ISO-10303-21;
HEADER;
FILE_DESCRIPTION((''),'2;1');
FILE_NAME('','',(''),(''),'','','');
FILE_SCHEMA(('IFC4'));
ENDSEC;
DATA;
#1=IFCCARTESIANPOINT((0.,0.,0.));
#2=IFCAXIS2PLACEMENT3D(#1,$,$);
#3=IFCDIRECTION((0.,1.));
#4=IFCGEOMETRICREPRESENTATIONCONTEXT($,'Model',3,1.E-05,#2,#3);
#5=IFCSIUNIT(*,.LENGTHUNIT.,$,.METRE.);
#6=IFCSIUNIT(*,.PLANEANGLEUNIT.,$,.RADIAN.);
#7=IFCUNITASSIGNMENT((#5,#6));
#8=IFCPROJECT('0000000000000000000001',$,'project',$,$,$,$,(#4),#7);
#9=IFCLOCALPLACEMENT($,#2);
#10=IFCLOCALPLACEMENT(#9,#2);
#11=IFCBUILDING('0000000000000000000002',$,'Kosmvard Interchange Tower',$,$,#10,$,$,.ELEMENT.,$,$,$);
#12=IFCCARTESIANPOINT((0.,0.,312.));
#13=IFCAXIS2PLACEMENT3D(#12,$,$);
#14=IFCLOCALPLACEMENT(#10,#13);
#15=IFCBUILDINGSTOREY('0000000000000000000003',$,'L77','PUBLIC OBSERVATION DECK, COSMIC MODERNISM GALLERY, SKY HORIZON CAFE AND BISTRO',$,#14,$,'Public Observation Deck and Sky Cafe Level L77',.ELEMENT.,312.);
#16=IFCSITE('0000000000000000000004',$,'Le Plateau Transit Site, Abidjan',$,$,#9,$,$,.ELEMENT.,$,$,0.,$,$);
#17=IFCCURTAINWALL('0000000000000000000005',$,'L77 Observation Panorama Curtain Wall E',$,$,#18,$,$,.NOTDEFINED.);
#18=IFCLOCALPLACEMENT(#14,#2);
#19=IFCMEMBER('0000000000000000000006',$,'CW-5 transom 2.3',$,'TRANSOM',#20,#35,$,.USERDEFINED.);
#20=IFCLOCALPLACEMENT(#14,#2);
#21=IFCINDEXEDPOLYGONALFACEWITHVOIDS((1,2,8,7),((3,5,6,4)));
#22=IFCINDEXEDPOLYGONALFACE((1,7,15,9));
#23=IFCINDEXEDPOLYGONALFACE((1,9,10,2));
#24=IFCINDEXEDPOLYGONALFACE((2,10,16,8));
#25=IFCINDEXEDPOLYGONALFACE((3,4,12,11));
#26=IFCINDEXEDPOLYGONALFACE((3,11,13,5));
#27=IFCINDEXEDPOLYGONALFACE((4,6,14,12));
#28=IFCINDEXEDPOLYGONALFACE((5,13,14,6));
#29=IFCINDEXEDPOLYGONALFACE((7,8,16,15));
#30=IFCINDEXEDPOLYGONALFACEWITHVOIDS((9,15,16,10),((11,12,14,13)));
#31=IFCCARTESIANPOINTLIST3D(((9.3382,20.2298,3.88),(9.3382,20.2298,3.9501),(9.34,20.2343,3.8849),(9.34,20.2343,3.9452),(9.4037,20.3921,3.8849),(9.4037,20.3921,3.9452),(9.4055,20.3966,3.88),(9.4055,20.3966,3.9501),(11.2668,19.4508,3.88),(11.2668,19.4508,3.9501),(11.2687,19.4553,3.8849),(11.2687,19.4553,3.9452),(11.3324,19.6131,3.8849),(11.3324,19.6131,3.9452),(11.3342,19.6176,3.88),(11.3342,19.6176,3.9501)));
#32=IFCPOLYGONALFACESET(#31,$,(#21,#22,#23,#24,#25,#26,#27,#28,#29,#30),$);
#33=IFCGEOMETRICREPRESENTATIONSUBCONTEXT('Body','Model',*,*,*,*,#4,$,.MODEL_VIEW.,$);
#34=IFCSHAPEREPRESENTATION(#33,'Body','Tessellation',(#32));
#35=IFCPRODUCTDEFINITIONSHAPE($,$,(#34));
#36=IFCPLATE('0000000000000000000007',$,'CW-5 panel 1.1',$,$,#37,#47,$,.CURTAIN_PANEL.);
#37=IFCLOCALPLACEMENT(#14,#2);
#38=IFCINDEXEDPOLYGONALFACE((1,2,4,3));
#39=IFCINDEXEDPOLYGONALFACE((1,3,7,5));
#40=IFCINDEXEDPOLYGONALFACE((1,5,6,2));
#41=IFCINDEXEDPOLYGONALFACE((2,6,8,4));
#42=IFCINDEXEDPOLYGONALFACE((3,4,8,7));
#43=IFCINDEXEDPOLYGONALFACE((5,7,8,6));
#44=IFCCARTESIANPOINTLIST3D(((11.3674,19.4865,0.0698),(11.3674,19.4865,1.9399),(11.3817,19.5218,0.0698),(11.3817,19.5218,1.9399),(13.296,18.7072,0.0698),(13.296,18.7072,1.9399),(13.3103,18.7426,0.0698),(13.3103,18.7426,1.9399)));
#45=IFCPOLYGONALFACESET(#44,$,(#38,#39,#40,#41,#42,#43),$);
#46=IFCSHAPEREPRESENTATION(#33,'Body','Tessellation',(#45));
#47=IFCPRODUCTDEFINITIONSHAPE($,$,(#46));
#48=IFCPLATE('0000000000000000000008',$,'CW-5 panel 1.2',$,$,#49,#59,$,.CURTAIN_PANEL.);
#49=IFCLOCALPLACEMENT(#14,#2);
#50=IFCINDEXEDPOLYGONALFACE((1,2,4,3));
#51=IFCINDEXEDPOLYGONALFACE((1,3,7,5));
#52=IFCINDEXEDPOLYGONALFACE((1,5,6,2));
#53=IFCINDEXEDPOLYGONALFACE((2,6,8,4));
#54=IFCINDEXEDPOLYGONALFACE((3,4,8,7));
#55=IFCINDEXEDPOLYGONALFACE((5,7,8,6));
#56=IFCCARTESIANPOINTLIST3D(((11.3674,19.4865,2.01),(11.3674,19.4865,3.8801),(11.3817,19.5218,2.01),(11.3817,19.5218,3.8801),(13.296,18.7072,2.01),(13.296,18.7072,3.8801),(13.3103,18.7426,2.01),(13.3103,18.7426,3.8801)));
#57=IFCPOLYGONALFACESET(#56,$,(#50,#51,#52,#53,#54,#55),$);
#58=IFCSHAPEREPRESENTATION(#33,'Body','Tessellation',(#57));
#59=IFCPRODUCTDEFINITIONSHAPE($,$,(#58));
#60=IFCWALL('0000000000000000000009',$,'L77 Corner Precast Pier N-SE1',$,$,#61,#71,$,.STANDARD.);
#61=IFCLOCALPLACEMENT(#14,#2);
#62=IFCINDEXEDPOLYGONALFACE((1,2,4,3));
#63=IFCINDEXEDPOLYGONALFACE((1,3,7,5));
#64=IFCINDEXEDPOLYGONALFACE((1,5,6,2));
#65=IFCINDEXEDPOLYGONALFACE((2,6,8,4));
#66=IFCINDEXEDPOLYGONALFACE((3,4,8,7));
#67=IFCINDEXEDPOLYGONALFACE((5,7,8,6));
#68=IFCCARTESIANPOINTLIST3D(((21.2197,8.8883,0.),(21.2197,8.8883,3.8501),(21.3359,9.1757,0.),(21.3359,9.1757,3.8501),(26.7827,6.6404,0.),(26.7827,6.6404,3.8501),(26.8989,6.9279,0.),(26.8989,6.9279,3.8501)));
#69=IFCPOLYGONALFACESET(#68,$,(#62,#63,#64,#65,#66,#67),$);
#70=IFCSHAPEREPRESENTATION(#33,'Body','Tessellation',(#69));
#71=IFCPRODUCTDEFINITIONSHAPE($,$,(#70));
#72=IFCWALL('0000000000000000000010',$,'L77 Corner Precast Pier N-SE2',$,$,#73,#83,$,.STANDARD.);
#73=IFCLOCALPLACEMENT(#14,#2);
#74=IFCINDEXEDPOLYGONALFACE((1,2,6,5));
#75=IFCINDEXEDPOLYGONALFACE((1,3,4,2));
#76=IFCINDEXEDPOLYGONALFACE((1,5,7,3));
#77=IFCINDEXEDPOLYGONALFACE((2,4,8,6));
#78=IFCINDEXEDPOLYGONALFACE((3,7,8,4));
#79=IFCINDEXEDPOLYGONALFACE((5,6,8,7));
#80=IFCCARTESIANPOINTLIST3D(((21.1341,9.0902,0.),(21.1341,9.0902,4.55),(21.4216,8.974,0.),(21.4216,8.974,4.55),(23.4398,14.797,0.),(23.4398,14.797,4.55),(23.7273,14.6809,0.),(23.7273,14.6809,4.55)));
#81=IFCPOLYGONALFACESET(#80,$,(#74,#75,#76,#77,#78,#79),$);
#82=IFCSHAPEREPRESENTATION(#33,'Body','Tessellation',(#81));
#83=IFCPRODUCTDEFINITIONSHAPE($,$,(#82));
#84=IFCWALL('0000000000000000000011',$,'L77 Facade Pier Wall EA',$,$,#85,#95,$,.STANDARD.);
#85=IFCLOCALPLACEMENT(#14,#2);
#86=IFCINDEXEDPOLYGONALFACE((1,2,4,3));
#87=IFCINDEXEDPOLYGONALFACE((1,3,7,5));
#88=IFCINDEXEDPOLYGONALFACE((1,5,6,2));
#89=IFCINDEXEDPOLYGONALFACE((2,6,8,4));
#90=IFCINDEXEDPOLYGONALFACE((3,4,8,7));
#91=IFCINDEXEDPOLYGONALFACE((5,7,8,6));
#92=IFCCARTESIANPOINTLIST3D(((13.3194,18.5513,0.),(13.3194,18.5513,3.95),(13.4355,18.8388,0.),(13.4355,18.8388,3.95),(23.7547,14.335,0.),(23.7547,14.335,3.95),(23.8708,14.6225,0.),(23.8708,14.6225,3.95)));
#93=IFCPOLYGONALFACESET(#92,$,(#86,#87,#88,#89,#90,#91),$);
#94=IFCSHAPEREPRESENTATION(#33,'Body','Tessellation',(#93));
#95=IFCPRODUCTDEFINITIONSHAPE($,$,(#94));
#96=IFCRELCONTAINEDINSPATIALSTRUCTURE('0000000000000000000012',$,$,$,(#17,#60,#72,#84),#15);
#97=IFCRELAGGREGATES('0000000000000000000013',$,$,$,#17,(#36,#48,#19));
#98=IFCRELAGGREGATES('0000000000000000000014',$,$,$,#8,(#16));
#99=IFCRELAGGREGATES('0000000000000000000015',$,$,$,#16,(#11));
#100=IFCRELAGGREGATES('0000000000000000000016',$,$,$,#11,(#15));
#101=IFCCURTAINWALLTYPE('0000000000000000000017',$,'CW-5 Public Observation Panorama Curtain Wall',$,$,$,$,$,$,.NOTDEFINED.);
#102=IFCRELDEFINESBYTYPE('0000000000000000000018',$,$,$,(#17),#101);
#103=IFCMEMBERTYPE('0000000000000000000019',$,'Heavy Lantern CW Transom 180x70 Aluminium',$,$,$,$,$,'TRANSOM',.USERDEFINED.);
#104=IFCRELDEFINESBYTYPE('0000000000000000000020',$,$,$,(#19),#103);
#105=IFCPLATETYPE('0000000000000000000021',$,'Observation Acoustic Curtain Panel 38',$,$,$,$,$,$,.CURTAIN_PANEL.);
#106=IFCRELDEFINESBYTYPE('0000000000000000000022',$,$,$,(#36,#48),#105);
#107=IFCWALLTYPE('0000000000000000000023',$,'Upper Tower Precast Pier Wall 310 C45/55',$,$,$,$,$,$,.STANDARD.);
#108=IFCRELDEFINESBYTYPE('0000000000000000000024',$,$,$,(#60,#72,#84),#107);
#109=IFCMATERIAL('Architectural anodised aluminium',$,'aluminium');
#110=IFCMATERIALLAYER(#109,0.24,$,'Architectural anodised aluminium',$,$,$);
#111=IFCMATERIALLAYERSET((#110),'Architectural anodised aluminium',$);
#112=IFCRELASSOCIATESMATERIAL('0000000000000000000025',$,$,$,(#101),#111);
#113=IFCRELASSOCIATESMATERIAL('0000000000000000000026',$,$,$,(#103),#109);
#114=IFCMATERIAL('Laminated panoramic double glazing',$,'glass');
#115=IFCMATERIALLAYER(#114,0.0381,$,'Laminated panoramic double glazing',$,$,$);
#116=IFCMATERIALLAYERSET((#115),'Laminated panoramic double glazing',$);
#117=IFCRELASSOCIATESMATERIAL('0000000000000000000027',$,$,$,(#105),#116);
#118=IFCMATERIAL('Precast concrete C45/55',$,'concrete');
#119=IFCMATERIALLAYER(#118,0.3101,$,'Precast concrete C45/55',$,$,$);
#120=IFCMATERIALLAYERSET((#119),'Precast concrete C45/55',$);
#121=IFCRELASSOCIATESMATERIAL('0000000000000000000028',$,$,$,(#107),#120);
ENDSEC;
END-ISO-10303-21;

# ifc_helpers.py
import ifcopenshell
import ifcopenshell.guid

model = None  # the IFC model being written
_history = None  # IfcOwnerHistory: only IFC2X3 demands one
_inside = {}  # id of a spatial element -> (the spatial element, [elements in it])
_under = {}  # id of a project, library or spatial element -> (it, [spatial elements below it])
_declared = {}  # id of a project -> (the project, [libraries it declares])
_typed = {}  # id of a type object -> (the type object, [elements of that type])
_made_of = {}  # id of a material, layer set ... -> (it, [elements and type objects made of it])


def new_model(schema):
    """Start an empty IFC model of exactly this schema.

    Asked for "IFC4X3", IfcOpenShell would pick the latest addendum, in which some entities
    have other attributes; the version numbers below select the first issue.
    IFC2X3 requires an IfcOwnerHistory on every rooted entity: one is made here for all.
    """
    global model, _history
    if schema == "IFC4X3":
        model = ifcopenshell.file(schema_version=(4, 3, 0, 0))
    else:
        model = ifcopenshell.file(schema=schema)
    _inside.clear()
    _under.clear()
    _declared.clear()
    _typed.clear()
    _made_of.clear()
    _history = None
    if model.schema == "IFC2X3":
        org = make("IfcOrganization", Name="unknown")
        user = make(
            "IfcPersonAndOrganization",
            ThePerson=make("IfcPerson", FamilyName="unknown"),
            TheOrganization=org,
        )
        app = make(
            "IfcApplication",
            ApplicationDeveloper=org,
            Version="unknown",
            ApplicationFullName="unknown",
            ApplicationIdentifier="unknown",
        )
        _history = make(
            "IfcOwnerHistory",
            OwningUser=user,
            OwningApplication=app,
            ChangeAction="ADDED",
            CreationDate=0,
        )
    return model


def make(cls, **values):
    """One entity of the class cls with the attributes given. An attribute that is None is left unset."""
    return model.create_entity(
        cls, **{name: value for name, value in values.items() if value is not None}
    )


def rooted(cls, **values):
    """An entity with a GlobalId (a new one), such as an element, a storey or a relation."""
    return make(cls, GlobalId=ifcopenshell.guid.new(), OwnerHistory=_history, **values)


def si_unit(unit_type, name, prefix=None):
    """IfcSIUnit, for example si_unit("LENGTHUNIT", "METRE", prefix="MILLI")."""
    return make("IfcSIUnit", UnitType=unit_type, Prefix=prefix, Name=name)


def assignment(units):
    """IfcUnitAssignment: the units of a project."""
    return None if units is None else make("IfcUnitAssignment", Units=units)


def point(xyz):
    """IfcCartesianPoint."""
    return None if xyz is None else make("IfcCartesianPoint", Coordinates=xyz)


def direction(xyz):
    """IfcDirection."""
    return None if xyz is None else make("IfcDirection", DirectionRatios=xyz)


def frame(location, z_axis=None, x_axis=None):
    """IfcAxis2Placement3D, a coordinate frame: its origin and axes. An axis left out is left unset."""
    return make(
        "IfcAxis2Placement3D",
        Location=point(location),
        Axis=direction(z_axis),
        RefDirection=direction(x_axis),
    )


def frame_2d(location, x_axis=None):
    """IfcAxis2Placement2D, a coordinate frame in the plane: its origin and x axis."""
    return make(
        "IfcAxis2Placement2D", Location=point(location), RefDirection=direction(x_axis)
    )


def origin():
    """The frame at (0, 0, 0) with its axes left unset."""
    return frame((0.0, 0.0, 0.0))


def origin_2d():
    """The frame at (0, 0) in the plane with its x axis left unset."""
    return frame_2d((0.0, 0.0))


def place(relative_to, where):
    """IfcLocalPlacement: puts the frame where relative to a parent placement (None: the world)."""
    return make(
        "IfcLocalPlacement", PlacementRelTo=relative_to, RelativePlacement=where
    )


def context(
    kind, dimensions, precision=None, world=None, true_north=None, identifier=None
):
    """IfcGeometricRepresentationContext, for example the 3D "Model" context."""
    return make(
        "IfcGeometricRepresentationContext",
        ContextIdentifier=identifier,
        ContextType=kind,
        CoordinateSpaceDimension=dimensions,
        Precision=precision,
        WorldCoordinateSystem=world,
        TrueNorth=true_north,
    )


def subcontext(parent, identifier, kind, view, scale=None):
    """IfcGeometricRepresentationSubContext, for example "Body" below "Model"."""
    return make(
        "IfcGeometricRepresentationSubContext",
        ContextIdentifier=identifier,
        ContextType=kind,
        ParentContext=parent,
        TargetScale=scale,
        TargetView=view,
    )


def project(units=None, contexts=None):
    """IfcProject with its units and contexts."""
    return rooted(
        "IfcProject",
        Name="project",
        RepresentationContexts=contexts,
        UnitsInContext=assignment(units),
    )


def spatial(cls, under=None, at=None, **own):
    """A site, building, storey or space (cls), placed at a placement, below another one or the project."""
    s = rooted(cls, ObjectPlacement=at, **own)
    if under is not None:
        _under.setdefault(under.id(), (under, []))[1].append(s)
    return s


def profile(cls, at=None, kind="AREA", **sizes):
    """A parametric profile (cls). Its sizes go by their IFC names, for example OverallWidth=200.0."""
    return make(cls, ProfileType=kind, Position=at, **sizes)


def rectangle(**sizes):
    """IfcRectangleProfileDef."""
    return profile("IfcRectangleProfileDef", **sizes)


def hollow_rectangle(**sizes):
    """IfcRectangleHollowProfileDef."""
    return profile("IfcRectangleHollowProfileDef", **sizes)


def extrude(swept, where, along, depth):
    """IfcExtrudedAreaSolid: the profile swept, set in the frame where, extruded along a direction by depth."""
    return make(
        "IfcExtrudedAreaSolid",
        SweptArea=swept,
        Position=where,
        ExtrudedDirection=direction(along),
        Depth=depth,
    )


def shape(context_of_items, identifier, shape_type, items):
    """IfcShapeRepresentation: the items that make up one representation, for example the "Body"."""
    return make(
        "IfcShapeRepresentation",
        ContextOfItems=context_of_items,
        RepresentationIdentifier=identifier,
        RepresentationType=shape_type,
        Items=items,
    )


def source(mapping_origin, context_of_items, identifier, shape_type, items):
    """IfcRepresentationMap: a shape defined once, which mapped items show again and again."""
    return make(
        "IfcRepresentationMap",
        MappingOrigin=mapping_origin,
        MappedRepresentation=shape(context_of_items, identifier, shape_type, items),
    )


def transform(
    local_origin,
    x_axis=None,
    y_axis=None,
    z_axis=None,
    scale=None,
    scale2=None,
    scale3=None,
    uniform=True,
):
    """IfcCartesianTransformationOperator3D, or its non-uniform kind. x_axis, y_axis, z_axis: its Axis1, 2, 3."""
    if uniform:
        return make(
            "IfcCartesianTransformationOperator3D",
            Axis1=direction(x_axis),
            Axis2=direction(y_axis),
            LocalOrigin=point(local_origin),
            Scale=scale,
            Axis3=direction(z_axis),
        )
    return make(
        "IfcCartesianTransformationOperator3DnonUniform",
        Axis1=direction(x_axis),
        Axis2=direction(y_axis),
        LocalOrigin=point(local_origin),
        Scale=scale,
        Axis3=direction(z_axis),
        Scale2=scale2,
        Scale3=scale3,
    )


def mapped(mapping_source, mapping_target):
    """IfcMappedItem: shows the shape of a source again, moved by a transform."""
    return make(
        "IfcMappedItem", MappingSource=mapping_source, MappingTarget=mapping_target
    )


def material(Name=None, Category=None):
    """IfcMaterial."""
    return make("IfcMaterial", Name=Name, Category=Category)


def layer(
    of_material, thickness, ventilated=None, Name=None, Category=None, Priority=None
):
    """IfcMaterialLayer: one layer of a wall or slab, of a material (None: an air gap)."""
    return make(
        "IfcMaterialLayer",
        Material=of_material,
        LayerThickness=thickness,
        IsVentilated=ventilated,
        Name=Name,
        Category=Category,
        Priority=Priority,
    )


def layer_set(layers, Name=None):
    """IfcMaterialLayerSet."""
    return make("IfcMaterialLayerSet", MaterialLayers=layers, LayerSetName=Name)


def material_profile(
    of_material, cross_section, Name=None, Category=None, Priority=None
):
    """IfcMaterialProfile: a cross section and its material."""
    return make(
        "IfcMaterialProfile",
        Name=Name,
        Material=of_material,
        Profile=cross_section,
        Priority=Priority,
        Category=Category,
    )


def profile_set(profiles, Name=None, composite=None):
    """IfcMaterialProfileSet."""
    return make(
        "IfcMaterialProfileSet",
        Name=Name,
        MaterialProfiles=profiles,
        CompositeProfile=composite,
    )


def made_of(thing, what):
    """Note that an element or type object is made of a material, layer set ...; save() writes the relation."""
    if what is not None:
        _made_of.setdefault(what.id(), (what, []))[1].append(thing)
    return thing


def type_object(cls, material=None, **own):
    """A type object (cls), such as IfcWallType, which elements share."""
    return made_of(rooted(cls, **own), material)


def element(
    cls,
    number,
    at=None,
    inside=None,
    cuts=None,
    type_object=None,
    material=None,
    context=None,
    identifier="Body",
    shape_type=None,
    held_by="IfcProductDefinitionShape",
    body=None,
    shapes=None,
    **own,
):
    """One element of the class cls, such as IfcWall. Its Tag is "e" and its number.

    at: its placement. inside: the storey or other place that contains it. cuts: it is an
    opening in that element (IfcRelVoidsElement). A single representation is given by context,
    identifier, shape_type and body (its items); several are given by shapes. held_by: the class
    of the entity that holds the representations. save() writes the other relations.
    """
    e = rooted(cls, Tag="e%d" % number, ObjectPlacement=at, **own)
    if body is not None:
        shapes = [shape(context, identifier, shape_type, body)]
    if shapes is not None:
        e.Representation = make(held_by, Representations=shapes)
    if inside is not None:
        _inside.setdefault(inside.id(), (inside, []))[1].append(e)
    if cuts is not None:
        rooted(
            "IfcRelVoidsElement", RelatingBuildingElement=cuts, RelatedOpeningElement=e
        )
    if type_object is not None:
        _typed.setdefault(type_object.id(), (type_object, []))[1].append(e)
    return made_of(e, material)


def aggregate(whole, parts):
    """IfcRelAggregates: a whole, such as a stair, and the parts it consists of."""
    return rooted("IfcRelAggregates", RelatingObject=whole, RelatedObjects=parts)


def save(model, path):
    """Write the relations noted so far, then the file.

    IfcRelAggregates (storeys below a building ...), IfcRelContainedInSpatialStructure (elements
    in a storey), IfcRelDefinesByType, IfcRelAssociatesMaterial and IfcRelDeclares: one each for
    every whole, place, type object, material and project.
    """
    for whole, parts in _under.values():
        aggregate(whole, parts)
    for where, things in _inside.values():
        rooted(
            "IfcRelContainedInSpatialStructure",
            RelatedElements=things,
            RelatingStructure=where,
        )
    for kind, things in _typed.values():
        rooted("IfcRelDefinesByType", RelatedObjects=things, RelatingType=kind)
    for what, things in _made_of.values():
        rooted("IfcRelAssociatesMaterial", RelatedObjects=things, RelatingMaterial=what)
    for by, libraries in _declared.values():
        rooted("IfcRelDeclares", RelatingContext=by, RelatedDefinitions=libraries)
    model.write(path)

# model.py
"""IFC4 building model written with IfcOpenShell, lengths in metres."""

from ifc_helpers import new_model, si_unit, direction, frame, frame_2d, origin, origin_2d, place, context, subcontext, project, spatial, rectangle, hollow_rectangle, extrude, source, transform, mapped, material, layer, layer_set, material_profile, profile_set, type_object, element, aggregate, save


model = new_model("IFC4")

# Units and contexts
model_context = context("Model", 3, precision=1e-05, world=origin(), true_north=direction((0.0, 1.0)))
body_context = subcontext(model_context, "Body", "Model", "MODEL_VIEW")
ifc_project = project(units=[si_unit("LENGTHUNIT", "METRE"), si_unit("PLANEANGLEUNIT", "RADIAN")], contexts=[model_context])

# Site, building, storey
site_placement = place(None, origin())
site = spatial("IfcSite", under=ifc_project, at=site_placement, Name="Le Plateau Transit Site, Abidjan", CompositionType="ELEMENT", RefElevation=0.0)
building_placement = place(site_placement, origin())
building = spatial("IfcBuilding", under=site, at=building_placement, Name="Kosmvard Interchange Tower", CompositionType="ELEMENT")
storey_placement = place(building_placement, frame((0.0, 0.0, 312.0)))
storey = spatial("IfcBuildingStorey", under=building, at=storey_placement, Name="L77", Description="PUBLIC OBSERVATION DECK, COSMIC MODERNISM GALLERY, SKY HORIZON CAFE AND BISTRO", LongName="Public Observation Deck and Sky Cafe Level L77", CompositionType="ELEMENT", Elevation=312.0)

# Shared definitions
ifc_material_1 = material(Name="Precast concrete C45/55", Category="concrete")

# Curtain wall, member, plates
ifc_material_2 = material(Name="Architectural anodised aluminium", Category="aluminium")
ifc_layer_1 = layer(ifc_material_2, 0.24, Name="Architectural anodised aluminium")
ifc_layer_set_1 = layer_set([ifc_layer_1], Name="Architectural anodised aluminium")
curtain_wall_type = type_object("IfcCurtainWallType", Name="CW-5 Public Observation Panorama Curtain Wall", PredefinedType="NOTDEFINED", material=ifc_layer_set_1)
curtain_wall_placement = place(storey_placement, origin())
curtain_wall = element("IfcCurtainWall", 1, at=curtain_wall_placement, inside=storey, type_object=curtain_wall_type, Name="L77 Observation Panorama Curtain Wall E", PredefinedType="NOTDEFINED")
ifc_material_profile_1 = material_profile(ifc_material_2, hollow_rectangle(XDim=0.1799, YDim=0.0701, WallThickness=0.0049, at=origin_2d()), Name="CWT 180x70x5")
ifc_profile_set_1 = profile_set([ifc_material_profile_1], Name="Architectural anodised aluminium")
member_type_1 = type_object("IfcMemberType", Name="Heavy Lantern CW Transom 180x70 Aluminium", ElementType="TRANSOM", PredefinedType="USERDEFINED", material=ifc_profile_set_1)
shared_shape_1 = source(origin(), body_context, "Body", "SweptSolid", [
    extrude(hollow_rectangle(XDim=0.1799, YDim=0.0701, WallThickness=0.0049, at=origin_2d()), origin(), (0.0, 0.0, 1.0), 2.0801),
])
member_1_placement = place(storey_placement, frame((11.3005, 19.5342, 3.915), z_axis=(-0.927217, 0.374525, 0.0), x_axis=(-0.374525, -0.927217, 0.0)))
member_1 = element("IfcMember", 2, at=member_1_placement, type_object=member_type_1, Name="CW-5 transom 2.3", ObjectType="TRANSOM", PredefinedType="USERDEFINED", context=body_context, shape_type="MappedRepresentation", body=[
    mapped(shared_shape_1, transform((0.0, 0.0, 0.0), scale=1.0)),
])
ifc_material_3 = material(Name="Laminated panoramic double glazing", Category="glass")
ifc_layer_2 = layer(ifc_material_3, 0.0381, Name="Laminated panoramic double glazing")
ifc_layer_set_2 = layer_set([ifc_layer_2], Name="Laminated panoramic double glazing")
plate_type = type_object("IfcPlateType", Name="Observation Acoustic Curtain Panel 38", PredefinedType="CURTAIN_PANEL", material=ifc_layer_set_2)
shared_shape_2 = source(origin(), body_context, "Body", "SweptSolid", [
    extrude(rectangle(XDim=2.0801, YDim=0.0381, at=origin_2d()), origin(), (0.0, 0.0, 1.0), 1.8701),
])
plate_1_placement = place(storey_placement, frame((12.3389, 19.1145, 0.0698), z_axis=(0.0, 0.0, 1.0), x_axis=(-0.927184, 0.374607, 0.0)))
plate_1 = element("IfcPlate", 3, at=plate_1_placement, type_object=plate_type, Name="CW-5 panel 1.1", PredefinedType="CURTAIN_PANEL", context=body_context, shape_type="MappedRepresentation", body=[
    mapped(shared_shape_2, transform((0.0, 0.0, 0.0), scale=1.0)),
])
plate_2_placement = place(storey_placement, frame((12.3389, 19.1145, 2.01), z_axis=(0.0, 0.0, 1.0), x_axis=(-0.927184, 0.374607, 0.0)))
plate_2 = element("IfcPlate", 4, at=plate_2_placement, type_object=plate_type, Name="CW-5 panel 1.2", PredefinedType="CURTAIN_PANEL", context=body_context, shape_type="MappedRepresentation", body=[
    mapped(shared_shape_2, transform((0.0, 0.0, 0.0), scale=1.0)),
])
aggregate(curtain_wall, [plate_1, plate_2, member_1])

# Walls
ifc_layer_3 = layer(ifc_material_1, 0.3101, Name="Precast concrete C45/55")
ifc_layer_set_3 = layer_set([ifc_layer_3], Name="Precast concrete C45/55")
wall_type = type_object("IfcWallType", Name="Upper Tower Precast Pier Wall 310 C45/55", PredefinedType="STANDARD", material=ifc_layer_set_3)
wall_1_placement = place(storey_placement, frame((26.8408, 6.7842, 0.0), z_axis=(0.0, 0.0, 1.0), x_axis=(-0.927172, 0.374637, 0.0)))
element("IfcWall", 5, at=wall_1_placement, inside=storey, type_object=wall_type, Name="L77 Corner Precast Pier N-SE1", PredefinedType="STANDARD", context=body_context, shape_type="SweptSolid", body=[
    extrude(rectangle(XDim=6.0, YDim=0.3101, at=frame_2d((3.0, 0.0))), origin(), (0.0, 0.0, 1.0), 3.8501),
])
wall_2_placement = place(storey_placement, frame((21.2778, 9.032, 0.0), z_axis=(0.0, 0.0, 1.0), x_axis=(0.374603, 0.927185, 0.0)))
element("IfcWall", 6, at=wall_2_placement, inside=storey, type_object=wall_type, Name="L77 Corner Precast Pier N-SE2", PredefinedType="STANDARD", context=body_context, shape_type="SweptSolid", body=[
    extrude(rectangle(XDim=6.155, YDim=0.3101, at=frame_2d((3.0776, 0.0))), origin(), (0.0, 0.0, 1.0), 4.55),
])
wall_3_placement = place(storey_placement, frame((23.8127, 14.4788, 0.0), z_axis=(0.0, 0.0, 1.0), x_axis=(-0.927179, 0.37462, 0.0)))
element("IfcWall", 7, at=wall_3_placement, inside=storey, type_object=wall_type, Name="L77 Facade Pier Wall EA", PredefinedType="STANDARD", context=body_context, shape_type="SweptSolid", body=[
    extrude(rectangle(XDim=11.2549, YDim=0.3101, at=frame_2d((5.6274, 0.0))), origin(), (0.0, 0.0, 1.0), 3.95),
])

save(model, "model.ifc")
